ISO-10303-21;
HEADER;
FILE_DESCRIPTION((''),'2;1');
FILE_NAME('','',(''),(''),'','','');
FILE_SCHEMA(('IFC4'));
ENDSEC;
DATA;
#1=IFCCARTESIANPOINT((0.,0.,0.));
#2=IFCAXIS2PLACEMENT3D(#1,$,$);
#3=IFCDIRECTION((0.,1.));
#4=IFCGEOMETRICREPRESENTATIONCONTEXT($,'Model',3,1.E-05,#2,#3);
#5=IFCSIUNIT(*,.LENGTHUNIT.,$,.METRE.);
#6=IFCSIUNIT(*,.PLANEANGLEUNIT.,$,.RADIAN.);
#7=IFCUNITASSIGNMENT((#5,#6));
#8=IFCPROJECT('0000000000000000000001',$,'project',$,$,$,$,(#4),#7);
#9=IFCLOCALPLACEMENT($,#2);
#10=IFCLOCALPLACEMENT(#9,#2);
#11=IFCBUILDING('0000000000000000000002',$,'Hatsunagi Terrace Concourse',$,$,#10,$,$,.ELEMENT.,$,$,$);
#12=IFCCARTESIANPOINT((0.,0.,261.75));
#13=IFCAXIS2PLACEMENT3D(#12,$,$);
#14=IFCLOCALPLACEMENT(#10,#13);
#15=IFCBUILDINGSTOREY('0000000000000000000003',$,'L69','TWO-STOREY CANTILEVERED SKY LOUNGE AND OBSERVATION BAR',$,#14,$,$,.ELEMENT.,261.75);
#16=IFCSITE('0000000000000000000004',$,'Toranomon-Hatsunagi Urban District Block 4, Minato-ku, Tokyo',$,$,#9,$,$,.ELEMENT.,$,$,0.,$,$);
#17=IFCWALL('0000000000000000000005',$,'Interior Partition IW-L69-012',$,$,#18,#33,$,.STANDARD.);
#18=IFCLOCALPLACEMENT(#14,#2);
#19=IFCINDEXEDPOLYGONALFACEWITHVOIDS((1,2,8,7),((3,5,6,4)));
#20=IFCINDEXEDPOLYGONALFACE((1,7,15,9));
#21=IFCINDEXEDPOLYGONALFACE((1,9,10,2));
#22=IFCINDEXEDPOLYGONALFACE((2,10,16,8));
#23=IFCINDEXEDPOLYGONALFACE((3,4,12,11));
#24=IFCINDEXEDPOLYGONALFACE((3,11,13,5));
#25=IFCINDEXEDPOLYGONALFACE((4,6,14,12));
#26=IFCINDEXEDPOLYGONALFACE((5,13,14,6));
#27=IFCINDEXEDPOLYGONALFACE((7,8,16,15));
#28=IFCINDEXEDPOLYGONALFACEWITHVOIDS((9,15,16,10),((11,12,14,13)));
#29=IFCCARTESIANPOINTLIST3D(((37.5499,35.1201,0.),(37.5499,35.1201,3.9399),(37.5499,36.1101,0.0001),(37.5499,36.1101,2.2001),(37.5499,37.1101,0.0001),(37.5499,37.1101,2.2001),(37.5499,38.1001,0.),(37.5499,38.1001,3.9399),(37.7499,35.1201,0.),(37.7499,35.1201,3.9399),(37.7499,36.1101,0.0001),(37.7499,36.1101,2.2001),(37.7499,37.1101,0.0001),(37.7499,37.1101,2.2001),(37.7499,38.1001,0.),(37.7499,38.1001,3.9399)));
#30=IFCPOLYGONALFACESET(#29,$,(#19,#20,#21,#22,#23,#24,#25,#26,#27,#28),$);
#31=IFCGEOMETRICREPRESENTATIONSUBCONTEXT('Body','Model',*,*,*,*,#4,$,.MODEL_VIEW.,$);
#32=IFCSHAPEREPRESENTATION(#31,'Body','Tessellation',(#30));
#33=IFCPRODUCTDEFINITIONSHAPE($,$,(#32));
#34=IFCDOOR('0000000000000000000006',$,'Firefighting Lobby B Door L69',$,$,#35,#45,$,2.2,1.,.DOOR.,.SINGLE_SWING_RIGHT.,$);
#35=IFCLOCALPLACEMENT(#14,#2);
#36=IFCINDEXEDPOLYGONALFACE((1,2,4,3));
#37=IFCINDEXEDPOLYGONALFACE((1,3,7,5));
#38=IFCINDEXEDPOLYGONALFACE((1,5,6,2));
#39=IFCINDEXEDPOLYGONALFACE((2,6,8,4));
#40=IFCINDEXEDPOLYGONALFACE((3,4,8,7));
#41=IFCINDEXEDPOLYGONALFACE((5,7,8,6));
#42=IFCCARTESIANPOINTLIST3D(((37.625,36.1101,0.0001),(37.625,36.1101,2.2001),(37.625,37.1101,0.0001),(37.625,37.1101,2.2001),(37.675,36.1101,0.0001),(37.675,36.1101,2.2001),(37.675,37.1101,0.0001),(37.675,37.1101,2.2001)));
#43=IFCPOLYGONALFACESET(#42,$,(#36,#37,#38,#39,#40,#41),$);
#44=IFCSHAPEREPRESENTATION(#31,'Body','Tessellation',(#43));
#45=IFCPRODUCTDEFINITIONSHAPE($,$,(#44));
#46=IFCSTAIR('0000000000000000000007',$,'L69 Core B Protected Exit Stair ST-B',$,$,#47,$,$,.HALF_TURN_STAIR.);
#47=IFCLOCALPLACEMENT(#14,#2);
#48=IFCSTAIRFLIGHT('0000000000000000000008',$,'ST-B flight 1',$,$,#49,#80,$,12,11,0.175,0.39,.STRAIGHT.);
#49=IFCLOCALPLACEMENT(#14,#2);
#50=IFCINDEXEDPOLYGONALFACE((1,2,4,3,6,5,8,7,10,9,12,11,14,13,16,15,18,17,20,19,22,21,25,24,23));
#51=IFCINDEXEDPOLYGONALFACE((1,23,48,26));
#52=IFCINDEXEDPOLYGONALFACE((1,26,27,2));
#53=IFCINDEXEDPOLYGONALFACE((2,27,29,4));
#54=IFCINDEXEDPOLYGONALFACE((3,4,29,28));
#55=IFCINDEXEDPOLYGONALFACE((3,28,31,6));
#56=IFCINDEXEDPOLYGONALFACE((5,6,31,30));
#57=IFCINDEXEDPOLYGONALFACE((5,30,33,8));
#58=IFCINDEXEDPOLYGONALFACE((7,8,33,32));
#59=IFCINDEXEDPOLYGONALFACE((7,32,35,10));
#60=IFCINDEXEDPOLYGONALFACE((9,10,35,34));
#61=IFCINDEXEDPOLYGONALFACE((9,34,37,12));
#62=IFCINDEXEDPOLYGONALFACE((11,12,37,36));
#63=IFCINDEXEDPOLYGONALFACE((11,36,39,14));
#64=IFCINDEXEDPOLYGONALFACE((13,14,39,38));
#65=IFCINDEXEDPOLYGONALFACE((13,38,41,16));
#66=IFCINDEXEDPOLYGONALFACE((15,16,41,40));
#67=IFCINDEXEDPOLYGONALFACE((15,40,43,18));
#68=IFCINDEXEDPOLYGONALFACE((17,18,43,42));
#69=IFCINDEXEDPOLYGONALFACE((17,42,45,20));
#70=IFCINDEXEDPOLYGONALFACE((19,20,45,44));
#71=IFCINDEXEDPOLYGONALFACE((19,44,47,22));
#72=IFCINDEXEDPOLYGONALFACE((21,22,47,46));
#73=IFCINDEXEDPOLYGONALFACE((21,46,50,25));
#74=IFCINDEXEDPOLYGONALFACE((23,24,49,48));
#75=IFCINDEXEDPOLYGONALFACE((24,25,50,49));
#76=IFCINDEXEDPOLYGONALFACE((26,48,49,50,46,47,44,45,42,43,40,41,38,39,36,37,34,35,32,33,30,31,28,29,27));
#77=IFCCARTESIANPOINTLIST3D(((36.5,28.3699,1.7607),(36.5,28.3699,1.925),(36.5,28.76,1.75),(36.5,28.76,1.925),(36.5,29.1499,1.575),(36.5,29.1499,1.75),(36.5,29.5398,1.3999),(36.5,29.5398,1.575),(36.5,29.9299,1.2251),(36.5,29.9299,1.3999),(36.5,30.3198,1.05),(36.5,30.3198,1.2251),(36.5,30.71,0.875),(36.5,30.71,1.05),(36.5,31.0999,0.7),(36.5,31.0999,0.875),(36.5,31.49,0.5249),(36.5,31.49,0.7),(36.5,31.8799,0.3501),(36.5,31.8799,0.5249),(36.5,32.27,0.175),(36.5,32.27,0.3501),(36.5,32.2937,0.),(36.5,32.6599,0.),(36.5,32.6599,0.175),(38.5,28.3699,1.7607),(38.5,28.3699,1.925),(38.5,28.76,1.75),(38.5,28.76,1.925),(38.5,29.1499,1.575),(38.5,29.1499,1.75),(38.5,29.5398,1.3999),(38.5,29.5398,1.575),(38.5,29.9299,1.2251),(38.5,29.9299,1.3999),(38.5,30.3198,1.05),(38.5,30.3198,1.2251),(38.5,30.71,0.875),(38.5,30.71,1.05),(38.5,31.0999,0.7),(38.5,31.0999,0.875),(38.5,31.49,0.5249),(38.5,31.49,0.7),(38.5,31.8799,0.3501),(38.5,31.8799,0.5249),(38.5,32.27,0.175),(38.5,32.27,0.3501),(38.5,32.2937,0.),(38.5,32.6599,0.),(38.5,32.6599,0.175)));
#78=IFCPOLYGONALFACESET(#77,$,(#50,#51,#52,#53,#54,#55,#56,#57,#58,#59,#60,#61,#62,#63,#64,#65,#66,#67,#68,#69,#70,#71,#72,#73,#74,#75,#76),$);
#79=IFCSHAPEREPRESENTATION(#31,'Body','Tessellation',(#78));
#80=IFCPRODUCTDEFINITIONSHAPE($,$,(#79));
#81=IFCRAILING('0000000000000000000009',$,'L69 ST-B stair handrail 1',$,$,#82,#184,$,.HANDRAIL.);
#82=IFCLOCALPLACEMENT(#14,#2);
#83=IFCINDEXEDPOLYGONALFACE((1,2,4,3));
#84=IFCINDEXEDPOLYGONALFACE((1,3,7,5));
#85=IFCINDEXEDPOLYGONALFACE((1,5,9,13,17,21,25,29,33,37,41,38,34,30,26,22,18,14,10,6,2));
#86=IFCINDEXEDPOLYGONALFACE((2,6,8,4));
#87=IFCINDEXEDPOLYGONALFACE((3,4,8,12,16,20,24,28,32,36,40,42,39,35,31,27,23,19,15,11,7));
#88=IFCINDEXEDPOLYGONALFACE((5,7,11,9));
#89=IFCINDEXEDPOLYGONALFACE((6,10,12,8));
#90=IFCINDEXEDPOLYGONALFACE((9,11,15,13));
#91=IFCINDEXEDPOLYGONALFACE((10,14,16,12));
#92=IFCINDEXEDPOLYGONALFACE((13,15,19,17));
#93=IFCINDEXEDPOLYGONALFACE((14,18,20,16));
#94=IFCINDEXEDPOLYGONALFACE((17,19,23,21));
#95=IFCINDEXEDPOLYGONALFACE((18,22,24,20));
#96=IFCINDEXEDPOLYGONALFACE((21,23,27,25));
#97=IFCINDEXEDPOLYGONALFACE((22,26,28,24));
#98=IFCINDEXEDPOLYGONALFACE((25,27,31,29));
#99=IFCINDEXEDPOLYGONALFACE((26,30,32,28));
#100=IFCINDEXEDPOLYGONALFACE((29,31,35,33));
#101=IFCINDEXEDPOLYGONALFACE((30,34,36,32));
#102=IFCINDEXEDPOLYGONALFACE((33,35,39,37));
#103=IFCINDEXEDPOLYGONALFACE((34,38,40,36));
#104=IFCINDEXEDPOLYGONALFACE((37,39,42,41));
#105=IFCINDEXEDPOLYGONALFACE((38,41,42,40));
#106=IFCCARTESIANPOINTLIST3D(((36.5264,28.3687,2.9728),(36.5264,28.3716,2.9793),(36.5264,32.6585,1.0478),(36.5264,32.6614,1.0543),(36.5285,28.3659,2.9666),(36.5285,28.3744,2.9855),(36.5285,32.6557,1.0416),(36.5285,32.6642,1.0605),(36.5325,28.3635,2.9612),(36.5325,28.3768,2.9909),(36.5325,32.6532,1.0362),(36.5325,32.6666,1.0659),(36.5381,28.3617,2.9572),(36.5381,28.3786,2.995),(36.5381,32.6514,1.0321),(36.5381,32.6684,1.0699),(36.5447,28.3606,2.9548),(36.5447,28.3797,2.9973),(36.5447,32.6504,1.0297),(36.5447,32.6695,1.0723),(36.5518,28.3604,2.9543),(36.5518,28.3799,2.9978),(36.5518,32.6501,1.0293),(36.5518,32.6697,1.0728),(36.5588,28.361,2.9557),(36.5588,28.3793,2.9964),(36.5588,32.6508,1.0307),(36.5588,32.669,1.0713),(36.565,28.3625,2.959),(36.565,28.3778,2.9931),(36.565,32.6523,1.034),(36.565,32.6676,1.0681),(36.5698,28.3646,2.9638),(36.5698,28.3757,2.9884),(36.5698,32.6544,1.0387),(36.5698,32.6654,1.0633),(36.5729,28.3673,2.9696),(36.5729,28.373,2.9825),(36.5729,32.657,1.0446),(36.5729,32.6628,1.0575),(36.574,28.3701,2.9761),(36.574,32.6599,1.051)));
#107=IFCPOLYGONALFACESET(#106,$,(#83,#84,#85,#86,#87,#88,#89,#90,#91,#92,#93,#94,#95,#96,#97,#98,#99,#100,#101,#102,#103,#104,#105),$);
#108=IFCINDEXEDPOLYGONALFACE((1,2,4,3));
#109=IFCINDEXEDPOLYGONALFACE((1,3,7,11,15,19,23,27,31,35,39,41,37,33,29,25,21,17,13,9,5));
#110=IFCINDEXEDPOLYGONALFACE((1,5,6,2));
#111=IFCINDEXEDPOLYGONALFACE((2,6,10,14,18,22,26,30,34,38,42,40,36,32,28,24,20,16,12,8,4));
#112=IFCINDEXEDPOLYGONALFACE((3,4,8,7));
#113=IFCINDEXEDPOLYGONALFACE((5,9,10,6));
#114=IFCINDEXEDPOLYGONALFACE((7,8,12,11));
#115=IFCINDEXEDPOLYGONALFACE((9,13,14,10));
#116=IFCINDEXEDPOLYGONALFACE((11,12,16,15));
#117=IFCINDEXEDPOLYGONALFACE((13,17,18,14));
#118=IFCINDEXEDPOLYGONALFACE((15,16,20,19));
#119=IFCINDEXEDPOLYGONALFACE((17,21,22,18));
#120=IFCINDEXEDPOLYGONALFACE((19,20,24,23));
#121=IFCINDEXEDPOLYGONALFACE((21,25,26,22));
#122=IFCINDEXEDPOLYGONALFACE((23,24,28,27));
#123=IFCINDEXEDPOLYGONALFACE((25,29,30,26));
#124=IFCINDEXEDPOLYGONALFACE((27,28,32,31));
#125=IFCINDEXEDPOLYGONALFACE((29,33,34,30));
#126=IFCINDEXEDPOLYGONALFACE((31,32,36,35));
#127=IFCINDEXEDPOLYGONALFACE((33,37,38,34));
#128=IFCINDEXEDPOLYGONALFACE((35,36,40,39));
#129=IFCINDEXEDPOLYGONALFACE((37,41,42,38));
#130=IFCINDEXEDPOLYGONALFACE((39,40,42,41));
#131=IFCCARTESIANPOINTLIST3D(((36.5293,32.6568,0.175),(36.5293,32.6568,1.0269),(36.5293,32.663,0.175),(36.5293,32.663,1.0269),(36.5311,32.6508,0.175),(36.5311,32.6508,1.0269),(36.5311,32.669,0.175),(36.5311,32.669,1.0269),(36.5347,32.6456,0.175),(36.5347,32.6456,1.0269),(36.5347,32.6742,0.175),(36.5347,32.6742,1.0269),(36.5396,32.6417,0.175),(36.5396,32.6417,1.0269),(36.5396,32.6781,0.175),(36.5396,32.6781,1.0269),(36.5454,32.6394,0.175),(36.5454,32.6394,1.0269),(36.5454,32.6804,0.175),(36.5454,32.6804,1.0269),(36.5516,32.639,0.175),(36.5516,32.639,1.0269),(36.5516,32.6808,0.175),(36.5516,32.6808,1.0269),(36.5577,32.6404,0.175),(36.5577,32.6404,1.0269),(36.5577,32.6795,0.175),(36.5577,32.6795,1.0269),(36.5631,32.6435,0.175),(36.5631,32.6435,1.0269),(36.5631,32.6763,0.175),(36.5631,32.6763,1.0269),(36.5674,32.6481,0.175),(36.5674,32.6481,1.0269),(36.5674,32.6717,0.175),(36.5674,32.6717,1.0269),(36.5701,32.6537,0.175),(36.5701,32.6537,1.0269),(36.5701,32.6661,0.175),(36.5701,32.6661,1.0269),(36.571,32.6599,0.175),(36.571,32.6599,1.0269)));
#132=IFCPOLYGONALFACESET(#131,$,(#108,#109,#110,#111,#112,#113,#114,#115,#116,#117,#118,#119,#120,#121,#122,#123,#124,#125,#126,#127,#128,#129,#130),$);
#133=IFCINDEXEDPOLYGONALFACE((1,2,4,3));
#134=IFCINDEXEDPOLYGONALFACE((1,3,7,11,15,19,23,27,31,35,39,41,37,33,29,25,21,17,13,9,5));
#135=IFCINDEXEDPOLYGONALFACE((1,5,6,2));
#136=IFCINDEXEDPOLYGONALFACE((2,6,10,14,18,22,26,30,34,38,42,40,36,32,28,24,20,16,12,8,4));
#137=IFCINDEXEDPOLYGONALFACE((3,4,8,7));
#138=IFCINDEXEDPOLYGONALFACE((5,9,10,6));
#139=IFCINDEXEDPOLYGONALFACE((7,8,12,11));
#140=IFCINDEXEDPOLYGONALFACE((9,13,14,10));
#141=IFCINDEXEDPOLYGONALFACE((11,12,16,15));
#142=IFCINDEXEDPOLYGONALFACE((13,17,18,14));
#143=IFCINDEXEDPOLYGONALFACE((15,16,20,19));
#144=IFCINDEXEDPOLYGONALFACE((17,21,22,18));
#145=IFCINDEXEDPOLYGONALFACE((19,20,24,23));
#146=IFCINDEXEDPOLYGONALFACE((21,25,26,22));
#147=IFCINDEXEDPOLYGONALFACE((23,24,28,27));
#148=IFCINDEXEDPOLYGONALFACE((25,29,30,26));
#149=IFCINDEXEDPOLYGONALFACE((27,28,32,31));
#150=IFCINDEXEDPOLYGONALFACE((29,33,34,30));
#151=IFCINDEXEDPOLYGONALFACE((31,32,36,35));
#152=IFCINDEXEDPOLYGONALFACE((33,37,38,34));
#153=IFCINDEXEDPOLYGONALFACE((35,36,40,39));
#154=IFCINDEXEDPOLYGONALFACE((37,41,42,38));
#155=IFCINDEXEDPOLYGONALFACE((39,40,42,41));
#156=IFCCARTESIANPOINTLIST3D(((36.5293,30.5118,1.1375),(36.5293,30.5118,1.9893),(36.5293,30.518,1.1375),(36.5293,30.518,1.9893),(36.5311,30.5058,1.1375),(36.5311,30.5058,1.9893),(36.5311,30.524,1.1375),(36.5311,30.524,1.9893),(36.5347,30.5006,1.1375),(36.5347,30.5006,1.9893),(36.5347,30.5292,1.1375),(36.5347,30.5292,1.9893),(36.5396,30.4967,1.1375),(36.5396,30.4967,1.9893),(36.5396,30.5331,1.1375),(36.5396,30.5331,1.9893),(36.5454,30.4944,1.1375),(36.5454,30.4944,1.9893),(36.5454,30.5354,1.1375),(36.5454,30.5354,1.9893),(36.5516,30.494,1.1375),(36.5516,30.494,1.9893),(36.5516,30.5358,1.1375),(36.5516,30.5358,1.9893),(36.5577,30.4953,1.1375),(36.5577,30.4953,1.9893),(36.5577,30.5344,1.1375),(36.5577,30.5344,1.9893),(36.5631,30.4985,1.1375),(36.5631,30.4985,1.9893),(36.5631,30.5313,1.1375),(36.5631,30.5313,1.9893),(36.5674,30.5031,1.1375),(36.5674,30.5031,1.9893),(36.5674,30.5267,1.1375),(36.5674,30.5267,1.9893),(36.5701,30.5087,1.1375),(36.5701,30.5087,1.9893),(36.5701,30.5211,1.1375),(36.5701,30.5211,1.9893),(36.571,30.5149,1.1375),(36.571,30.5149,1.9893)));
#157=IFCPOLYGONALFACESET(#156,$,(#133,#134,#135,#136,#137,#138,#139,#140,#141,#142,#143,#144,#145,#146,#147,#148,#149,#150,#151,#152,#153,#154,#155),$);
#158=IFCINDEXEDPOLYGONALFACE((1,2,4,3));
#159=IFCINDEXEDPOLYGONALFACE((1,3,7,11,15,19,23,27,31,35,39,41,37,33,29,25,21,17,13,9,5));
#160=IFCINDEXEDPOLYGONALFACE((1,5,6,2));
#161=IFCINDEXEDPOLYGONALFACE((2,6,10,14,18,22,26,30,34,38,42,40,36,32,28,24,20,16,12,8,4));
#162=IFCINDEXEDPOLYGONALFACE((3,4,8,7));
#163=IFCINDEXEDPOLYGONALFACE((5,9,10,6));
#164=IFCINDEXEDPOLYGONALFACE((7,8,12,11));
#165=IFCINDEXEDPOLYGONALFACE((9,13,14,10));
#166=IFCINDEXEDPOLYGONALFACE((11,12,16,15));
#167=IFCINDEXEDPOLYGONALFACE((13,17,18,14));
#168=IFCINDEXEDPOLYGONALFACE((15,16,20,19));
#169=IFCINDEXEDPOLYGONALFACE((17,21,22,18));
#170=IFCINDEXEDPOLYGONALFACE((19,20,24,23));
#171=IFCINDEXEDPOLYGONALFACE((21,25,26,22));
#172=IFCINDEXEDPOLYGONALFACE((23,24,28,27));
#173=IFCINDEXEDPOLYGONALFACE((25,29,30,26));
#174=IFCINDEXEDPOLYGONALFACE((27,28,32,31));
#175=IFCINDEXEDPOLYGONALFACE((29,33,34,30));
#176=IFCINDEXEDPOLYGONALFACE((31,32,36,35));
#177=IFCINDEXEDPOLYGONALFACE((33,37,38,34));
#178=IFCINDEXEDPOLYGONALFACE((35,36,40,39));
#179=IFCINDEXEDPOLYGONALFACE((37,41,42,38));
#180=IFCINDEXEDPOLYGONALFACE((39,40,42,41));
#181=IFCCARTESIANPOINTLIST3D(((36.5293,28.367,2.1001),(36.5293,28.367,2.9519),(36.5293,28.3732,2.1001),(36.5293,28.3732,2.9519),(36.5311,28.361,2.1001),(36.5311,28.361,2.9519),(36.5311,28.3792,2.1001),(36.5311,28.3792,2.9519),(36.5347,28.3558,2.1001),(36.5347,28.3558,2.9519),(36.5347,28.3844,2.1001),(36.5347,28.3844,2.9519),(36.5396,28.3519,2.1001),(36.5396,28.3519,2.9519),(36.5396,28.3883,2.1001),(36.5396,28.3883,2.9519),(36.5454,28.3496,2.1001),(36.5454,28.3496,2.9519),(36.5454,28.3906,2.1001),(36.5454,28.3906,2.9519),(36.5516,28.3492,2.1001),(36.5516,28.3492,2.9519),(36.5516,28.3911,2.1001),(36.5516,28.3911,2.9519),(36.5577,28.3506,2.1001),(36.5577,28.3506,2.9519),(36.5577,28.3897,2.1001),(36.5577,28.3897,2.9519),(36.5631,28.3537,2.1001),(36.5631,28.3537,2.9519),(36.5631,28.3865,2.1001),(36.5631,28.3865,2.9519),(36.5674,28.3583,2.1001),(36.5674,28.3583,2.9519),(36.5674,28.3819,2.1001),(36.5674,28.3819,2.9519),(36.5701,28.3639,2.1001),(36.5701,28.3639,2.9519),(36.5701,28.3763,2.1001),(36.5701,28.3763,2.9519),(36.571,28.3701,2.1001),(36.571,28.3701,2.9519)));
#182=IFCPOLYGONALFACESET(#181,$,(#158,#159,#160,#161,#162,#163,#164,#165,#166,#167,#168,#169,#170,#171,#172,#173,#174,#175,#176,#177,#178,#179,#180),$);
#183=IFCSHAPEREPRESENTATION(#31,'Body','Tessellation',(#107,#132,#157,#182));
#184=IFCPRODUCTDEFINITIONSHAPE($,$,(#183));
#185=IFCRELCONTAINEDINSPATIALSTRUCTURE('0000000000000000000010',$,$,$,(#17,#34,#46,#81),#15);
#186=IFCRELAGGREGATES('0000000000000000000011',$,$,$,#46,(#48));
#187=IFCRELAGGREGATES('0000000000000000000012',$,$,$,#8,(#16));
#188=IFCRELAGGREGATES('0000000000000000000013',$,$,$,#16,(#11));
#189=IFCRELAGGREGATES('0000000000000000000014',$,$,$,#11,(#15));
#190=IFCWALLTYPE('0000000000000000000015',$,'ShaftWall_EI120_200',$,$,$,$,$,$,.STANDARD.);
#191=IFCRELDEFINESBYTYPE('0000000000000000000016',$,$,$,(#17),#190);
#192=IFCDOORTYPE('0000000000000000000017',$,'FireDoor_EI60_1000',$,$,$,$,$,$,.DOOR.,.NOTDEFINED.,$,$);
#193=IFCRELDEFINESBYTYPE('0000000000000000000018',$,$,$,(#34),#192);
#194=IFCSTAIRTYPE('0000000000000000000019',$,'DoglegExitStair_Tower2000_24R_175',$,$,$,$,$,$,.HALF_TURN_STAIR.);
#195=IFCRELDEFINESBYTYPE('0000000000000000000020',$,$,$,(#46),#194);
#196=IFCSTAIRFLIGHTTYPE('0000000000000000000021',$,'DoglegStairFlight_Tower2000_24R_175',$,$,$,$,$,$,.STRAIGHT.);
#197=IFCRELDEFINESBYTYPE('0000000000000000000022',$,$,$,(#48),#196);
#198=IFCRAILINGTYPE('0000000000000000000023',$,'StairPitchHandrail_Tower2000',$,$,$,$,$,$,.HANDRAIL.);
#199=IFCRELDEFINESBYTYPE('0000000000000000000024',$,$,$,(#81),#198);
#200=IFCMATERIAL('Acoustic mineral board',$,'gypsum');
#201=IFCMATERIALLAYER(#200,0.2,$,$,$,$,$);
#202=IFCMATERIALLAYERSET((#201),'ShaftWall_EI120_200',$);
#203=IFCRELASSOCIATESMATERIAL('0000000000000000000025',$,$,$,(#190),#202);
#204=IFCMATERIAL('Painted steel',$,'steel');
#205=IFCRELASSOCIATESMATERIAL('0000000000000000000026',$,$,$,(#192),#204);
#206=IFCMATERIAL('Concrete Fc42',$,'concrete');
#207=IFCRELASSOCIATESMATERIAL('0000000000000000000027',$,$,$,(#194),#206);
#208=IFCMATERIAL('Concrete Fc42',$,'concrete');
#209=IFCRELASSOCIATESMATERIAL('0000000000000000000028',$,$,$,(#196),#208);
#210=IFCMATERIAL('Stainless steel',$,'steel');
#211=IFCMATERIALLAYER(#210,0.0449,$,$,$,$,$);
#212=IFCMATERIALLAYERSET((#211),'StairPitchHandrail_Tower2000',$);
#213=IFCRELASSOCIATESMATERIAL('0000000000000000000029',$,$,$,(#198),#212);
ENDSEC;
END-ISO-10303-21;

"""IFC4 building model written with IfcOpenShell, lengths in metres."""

from ifc_helpers import new_model, si_unit, direction, frame, frame_2d, origin, origin_2d, place, context, subcontext, project, spatial, polyline, rectangle, circle, outline, extrude, material, layer, layer_set, type_object, element, fill, aggregate, save


model = new_model("IFC4")

# Units and contexts
model_context = context("Model", 3, precision=1e-05, world=origin(), true_north=direction((0.0, 1.0)))
body_context = subcontext(model_context, "Body", "Model", "MODEL_VIEW")
ifc_project = project(units=[si_unit("LENGTHUNIT", "METRE"), si_unit("PLANEANGLEUNIT", "RADIAN")], contexts=[model_context])

# Site, building, storey
site_placement = place(None, origin())
site = spatial("IfcSite", under=ifc_project, at=site_placement, Name="Toranomon-Hatsunagi Urban District Block 4, Minato-ku, Tokyo", CompositionType="ELEMENT", RefElevation=0.0)
building_placement = place(site_placement, origin())
building = spatial("IfcBuilding", under=site, at=building_placement, Name="Hatsunagi Terrace Concourse", CompositionType="ELEMENT")
storey_placement = place(building_placement, frame((0.0, 0.0, 261.75)))
storey = spatial("IfcBuildingStorey", under=building, at=storey_placement, Name="L69", Description="TWO-STOREY CANTILEVERED SKY LOUNGE AND OBSERVATION BAR", CompositionType="ELEMENT", Elevation=261.75)

# Shared definitions
ifc_material_1 = material(Name="Acoustic mineral board", Category="gypsum")
ifc_layer_1 = layer(ifc_material_1, 0.2)
ifc_layer_set_1 = layer_set([ifc_layer_1], Name="ShaftWall_EI120_200")
wall_type_1 = type_object("IfcWallType", Name="ShaftWall_EI120_200", PredefinedType="STANDARD", material=ifc_layer_set_1)

# Wall, opening, door
ifc_material_2 = material(Name="Painted steel", Category="steel")
door_type_1 = type_object("IfcDoorType", Name="FireDoor_EI60_1000", OperationType="NOTDEFINED", PredefinedType="DOOR", material=ifc_material_2)
wall_1_placement = place(storey_placement, frame((37.6499, 35.1201, 0.0), z_axis=(0.0, 0.0, 1.0), x_axis=(0.0, 1.0, 0.0)))
wall_1 = element("IfcWall", 1, at=wall_1_placement, inside=storey, type_object=wall_type_1, Name="Interior Partition IW-L69-012", PredefinedType="STANDARD", context=body_context, shape_type="SweptSolid", body=[
    extrude(rectangle(XDim=2.98, YDim=0.2, at=frame_2d((1.49, 0.0))), origin(), (0.0, 0.0, 1.0), 3.9399),
])
opening_1_placement = place(wall_1_placement, frame((0.99, 0.0, 0.0)))
opening_1 = element("IfcOpeningElement", 2, at=opening_1_placement, cuts=wall_1, PredefinedType="OPENING", context=body_context, shape_type="SweptSolid", body=[
    extrude(rectangle(XDim=1.0, YDim=2.2, at=frame_2d((0.5, 1.1001))), frame((0.0, 0.1099, 0.0), z_axis=(0.0, -1.0, 0.0), x_axis=(1.0, 0.0, 0.0)), (0.0, 0.0, 1.0), 0.22),
])
door_1_placement = place(opening_1_placement, origin())
door_1 = element("IfcDoor", 3, at=door_1_placement, inside=storey, type_object=door_type_1, Name="Firefighting Lobby B Door L69", OperationType="SINGLE_SWING_RIGHT", OverallHeight=2.2, OverallWidth=1.0, PredefinedType="DOOR", context=body_context, shape_type="SweptSolid", body=[
    extrude(rectangle(XDim=1.0, YDim=2.2, at=frame_2d((0.5, 1.1001))), frame((0.0, 0.0249, 0.0), z_axis=(0.0, -1.0, 0.0), x_axis=(1.0, 0.0, 0.0)), (0.0, 0.0, 1.0), 0.05),
])
fill(opening_1, door_1)

# Stair, stair flight
ifc_material_3 = material(Name="Concrete Fc42", Category="concrete")
stair_type = type_object("IfcStairType", Name="DoglegExitStair_Tower2000_24R_175", PredefinedType="HALF_TURN_STAIR", material=ifc_material_3)
stair_placement = place(storey_placement, origin())
stair = element("IfcStair", 4, at=stair_placement, inside=storey, type_object=stair_type, Name="L69 Core B Protected Exit Stair ST-B", PredefinedType="HALF_TURN_STAIR")
ifc_material_4 = material(Name="Concrete Fc42", Category="concrete")
stair_flight_type = type_object("IfcStairFlightType", Name="DoglegStairFlight_Tower2000_24R_175", PredefinedType="STRAIGHT", material=ifc_material_4)
stair_flight_placement = place(storey_placement, frame((37.5, 32.6599, 0.0), z_axis=(0.0, 0.0, 1.0), x_axis=(0.0, -1.0, 0.0)))
stair_flight = element("IfcStairFlight", 5, at=stair_flight_placement, type_object=stair_flight_type, Name="ST-B flight 1", NumberOfRisers=12, NumberOfTreads=11, PredefinedType="STRAIGHT", RiserHeight=0.175, TreadLength=0.39, context=body_context, shape_type="SweptSolid", body=[
    extrude(outline(polyline([(0.0, 0.0), (0.0, 0.175), (0.3899, 0.175), (0.3899, 0.3501), (0.78, 0.3501), (0.78, 0.5249), (1.1699, 0.5249), (1.1699, 0.7), (1.5601, 0.7), (1.5601, 0.875), (1.95, 0.875), (1.95, 1.05), (2.3401, 1.05), (2.3401, 1.2251), (2.73, 1.2251), (2.73, 1.3999), (3.1201, 1.3999), (3.1201, 1.575), (3.51, 1.575), (3.51, 1.75), (3.8999, 1.75), (3.8999, 1.925), (4.29, 1.925), (4.29, 2.1001), (4.29, 1.7607), (0.3662, 0.0), (0.0, 0.0)])), frame((0.0, 1.0, 0.0), z_axis=(0.0, -1.0, 0.0), x_axis=(1.0, 0.0, 0.0)), (0.0, 0.0, 1.0), 2.0),
])
aggregate(stair, [stair_flight])

# Railing
ifc_material_5 = material(Name="Stainless steel", Category="steel")
ifc_layer_2 = layer(ifc_material_5, 0.0449)
ifc_layer_set_2 = layer_set([ifc_layer_2], Name="StairPitchHandrail_Tower2000")
railing_type_1 = type_object("IfcRailingType", Name="StairPitchHandrail_Tower2000", PredefinedType="HANDRAIL", material=ifc_layer_set_2)
railing_1_placement = place(storey_placement, frame((36.55, 32.6599, 0.175)))
element("IfcRailing", 6, at=railing_1_placement, inside=storey, type_object=railing_type_1, Name="L69 ST-B stair handrail 1", PredefinedType="HANDRAIL", context=body_context, shape_type="SweptSolid", body=[
    extrude(circle(Radius=0.0239, at=origin_2d()), frame((0.0, 0.0, 0.876), z_axis=(0.0, -0.912348, 0.409417), x_axis=(1.0, 0.0, 0.0)), (0.0, 0.0, 1.0), 4.7019),
    extrude(circle(Radius=0.021, at=origin_2d()), origin(), (0.0, 0.0, 1.0), 0.8518),
    extrude(circle(Radius=0.021, at=origin_2d()), frame((0.0, -2.145, 0.9624)), (0.0, 0.0, 1.0), 0.8518),
    extrude(circle(Radius=0.021, at=origin_2d()), frame((0.0, -4.2898, 1.925)), (0.0, 0.0, 1.0), 0.8518),
])

save(model, "model.ifc")
